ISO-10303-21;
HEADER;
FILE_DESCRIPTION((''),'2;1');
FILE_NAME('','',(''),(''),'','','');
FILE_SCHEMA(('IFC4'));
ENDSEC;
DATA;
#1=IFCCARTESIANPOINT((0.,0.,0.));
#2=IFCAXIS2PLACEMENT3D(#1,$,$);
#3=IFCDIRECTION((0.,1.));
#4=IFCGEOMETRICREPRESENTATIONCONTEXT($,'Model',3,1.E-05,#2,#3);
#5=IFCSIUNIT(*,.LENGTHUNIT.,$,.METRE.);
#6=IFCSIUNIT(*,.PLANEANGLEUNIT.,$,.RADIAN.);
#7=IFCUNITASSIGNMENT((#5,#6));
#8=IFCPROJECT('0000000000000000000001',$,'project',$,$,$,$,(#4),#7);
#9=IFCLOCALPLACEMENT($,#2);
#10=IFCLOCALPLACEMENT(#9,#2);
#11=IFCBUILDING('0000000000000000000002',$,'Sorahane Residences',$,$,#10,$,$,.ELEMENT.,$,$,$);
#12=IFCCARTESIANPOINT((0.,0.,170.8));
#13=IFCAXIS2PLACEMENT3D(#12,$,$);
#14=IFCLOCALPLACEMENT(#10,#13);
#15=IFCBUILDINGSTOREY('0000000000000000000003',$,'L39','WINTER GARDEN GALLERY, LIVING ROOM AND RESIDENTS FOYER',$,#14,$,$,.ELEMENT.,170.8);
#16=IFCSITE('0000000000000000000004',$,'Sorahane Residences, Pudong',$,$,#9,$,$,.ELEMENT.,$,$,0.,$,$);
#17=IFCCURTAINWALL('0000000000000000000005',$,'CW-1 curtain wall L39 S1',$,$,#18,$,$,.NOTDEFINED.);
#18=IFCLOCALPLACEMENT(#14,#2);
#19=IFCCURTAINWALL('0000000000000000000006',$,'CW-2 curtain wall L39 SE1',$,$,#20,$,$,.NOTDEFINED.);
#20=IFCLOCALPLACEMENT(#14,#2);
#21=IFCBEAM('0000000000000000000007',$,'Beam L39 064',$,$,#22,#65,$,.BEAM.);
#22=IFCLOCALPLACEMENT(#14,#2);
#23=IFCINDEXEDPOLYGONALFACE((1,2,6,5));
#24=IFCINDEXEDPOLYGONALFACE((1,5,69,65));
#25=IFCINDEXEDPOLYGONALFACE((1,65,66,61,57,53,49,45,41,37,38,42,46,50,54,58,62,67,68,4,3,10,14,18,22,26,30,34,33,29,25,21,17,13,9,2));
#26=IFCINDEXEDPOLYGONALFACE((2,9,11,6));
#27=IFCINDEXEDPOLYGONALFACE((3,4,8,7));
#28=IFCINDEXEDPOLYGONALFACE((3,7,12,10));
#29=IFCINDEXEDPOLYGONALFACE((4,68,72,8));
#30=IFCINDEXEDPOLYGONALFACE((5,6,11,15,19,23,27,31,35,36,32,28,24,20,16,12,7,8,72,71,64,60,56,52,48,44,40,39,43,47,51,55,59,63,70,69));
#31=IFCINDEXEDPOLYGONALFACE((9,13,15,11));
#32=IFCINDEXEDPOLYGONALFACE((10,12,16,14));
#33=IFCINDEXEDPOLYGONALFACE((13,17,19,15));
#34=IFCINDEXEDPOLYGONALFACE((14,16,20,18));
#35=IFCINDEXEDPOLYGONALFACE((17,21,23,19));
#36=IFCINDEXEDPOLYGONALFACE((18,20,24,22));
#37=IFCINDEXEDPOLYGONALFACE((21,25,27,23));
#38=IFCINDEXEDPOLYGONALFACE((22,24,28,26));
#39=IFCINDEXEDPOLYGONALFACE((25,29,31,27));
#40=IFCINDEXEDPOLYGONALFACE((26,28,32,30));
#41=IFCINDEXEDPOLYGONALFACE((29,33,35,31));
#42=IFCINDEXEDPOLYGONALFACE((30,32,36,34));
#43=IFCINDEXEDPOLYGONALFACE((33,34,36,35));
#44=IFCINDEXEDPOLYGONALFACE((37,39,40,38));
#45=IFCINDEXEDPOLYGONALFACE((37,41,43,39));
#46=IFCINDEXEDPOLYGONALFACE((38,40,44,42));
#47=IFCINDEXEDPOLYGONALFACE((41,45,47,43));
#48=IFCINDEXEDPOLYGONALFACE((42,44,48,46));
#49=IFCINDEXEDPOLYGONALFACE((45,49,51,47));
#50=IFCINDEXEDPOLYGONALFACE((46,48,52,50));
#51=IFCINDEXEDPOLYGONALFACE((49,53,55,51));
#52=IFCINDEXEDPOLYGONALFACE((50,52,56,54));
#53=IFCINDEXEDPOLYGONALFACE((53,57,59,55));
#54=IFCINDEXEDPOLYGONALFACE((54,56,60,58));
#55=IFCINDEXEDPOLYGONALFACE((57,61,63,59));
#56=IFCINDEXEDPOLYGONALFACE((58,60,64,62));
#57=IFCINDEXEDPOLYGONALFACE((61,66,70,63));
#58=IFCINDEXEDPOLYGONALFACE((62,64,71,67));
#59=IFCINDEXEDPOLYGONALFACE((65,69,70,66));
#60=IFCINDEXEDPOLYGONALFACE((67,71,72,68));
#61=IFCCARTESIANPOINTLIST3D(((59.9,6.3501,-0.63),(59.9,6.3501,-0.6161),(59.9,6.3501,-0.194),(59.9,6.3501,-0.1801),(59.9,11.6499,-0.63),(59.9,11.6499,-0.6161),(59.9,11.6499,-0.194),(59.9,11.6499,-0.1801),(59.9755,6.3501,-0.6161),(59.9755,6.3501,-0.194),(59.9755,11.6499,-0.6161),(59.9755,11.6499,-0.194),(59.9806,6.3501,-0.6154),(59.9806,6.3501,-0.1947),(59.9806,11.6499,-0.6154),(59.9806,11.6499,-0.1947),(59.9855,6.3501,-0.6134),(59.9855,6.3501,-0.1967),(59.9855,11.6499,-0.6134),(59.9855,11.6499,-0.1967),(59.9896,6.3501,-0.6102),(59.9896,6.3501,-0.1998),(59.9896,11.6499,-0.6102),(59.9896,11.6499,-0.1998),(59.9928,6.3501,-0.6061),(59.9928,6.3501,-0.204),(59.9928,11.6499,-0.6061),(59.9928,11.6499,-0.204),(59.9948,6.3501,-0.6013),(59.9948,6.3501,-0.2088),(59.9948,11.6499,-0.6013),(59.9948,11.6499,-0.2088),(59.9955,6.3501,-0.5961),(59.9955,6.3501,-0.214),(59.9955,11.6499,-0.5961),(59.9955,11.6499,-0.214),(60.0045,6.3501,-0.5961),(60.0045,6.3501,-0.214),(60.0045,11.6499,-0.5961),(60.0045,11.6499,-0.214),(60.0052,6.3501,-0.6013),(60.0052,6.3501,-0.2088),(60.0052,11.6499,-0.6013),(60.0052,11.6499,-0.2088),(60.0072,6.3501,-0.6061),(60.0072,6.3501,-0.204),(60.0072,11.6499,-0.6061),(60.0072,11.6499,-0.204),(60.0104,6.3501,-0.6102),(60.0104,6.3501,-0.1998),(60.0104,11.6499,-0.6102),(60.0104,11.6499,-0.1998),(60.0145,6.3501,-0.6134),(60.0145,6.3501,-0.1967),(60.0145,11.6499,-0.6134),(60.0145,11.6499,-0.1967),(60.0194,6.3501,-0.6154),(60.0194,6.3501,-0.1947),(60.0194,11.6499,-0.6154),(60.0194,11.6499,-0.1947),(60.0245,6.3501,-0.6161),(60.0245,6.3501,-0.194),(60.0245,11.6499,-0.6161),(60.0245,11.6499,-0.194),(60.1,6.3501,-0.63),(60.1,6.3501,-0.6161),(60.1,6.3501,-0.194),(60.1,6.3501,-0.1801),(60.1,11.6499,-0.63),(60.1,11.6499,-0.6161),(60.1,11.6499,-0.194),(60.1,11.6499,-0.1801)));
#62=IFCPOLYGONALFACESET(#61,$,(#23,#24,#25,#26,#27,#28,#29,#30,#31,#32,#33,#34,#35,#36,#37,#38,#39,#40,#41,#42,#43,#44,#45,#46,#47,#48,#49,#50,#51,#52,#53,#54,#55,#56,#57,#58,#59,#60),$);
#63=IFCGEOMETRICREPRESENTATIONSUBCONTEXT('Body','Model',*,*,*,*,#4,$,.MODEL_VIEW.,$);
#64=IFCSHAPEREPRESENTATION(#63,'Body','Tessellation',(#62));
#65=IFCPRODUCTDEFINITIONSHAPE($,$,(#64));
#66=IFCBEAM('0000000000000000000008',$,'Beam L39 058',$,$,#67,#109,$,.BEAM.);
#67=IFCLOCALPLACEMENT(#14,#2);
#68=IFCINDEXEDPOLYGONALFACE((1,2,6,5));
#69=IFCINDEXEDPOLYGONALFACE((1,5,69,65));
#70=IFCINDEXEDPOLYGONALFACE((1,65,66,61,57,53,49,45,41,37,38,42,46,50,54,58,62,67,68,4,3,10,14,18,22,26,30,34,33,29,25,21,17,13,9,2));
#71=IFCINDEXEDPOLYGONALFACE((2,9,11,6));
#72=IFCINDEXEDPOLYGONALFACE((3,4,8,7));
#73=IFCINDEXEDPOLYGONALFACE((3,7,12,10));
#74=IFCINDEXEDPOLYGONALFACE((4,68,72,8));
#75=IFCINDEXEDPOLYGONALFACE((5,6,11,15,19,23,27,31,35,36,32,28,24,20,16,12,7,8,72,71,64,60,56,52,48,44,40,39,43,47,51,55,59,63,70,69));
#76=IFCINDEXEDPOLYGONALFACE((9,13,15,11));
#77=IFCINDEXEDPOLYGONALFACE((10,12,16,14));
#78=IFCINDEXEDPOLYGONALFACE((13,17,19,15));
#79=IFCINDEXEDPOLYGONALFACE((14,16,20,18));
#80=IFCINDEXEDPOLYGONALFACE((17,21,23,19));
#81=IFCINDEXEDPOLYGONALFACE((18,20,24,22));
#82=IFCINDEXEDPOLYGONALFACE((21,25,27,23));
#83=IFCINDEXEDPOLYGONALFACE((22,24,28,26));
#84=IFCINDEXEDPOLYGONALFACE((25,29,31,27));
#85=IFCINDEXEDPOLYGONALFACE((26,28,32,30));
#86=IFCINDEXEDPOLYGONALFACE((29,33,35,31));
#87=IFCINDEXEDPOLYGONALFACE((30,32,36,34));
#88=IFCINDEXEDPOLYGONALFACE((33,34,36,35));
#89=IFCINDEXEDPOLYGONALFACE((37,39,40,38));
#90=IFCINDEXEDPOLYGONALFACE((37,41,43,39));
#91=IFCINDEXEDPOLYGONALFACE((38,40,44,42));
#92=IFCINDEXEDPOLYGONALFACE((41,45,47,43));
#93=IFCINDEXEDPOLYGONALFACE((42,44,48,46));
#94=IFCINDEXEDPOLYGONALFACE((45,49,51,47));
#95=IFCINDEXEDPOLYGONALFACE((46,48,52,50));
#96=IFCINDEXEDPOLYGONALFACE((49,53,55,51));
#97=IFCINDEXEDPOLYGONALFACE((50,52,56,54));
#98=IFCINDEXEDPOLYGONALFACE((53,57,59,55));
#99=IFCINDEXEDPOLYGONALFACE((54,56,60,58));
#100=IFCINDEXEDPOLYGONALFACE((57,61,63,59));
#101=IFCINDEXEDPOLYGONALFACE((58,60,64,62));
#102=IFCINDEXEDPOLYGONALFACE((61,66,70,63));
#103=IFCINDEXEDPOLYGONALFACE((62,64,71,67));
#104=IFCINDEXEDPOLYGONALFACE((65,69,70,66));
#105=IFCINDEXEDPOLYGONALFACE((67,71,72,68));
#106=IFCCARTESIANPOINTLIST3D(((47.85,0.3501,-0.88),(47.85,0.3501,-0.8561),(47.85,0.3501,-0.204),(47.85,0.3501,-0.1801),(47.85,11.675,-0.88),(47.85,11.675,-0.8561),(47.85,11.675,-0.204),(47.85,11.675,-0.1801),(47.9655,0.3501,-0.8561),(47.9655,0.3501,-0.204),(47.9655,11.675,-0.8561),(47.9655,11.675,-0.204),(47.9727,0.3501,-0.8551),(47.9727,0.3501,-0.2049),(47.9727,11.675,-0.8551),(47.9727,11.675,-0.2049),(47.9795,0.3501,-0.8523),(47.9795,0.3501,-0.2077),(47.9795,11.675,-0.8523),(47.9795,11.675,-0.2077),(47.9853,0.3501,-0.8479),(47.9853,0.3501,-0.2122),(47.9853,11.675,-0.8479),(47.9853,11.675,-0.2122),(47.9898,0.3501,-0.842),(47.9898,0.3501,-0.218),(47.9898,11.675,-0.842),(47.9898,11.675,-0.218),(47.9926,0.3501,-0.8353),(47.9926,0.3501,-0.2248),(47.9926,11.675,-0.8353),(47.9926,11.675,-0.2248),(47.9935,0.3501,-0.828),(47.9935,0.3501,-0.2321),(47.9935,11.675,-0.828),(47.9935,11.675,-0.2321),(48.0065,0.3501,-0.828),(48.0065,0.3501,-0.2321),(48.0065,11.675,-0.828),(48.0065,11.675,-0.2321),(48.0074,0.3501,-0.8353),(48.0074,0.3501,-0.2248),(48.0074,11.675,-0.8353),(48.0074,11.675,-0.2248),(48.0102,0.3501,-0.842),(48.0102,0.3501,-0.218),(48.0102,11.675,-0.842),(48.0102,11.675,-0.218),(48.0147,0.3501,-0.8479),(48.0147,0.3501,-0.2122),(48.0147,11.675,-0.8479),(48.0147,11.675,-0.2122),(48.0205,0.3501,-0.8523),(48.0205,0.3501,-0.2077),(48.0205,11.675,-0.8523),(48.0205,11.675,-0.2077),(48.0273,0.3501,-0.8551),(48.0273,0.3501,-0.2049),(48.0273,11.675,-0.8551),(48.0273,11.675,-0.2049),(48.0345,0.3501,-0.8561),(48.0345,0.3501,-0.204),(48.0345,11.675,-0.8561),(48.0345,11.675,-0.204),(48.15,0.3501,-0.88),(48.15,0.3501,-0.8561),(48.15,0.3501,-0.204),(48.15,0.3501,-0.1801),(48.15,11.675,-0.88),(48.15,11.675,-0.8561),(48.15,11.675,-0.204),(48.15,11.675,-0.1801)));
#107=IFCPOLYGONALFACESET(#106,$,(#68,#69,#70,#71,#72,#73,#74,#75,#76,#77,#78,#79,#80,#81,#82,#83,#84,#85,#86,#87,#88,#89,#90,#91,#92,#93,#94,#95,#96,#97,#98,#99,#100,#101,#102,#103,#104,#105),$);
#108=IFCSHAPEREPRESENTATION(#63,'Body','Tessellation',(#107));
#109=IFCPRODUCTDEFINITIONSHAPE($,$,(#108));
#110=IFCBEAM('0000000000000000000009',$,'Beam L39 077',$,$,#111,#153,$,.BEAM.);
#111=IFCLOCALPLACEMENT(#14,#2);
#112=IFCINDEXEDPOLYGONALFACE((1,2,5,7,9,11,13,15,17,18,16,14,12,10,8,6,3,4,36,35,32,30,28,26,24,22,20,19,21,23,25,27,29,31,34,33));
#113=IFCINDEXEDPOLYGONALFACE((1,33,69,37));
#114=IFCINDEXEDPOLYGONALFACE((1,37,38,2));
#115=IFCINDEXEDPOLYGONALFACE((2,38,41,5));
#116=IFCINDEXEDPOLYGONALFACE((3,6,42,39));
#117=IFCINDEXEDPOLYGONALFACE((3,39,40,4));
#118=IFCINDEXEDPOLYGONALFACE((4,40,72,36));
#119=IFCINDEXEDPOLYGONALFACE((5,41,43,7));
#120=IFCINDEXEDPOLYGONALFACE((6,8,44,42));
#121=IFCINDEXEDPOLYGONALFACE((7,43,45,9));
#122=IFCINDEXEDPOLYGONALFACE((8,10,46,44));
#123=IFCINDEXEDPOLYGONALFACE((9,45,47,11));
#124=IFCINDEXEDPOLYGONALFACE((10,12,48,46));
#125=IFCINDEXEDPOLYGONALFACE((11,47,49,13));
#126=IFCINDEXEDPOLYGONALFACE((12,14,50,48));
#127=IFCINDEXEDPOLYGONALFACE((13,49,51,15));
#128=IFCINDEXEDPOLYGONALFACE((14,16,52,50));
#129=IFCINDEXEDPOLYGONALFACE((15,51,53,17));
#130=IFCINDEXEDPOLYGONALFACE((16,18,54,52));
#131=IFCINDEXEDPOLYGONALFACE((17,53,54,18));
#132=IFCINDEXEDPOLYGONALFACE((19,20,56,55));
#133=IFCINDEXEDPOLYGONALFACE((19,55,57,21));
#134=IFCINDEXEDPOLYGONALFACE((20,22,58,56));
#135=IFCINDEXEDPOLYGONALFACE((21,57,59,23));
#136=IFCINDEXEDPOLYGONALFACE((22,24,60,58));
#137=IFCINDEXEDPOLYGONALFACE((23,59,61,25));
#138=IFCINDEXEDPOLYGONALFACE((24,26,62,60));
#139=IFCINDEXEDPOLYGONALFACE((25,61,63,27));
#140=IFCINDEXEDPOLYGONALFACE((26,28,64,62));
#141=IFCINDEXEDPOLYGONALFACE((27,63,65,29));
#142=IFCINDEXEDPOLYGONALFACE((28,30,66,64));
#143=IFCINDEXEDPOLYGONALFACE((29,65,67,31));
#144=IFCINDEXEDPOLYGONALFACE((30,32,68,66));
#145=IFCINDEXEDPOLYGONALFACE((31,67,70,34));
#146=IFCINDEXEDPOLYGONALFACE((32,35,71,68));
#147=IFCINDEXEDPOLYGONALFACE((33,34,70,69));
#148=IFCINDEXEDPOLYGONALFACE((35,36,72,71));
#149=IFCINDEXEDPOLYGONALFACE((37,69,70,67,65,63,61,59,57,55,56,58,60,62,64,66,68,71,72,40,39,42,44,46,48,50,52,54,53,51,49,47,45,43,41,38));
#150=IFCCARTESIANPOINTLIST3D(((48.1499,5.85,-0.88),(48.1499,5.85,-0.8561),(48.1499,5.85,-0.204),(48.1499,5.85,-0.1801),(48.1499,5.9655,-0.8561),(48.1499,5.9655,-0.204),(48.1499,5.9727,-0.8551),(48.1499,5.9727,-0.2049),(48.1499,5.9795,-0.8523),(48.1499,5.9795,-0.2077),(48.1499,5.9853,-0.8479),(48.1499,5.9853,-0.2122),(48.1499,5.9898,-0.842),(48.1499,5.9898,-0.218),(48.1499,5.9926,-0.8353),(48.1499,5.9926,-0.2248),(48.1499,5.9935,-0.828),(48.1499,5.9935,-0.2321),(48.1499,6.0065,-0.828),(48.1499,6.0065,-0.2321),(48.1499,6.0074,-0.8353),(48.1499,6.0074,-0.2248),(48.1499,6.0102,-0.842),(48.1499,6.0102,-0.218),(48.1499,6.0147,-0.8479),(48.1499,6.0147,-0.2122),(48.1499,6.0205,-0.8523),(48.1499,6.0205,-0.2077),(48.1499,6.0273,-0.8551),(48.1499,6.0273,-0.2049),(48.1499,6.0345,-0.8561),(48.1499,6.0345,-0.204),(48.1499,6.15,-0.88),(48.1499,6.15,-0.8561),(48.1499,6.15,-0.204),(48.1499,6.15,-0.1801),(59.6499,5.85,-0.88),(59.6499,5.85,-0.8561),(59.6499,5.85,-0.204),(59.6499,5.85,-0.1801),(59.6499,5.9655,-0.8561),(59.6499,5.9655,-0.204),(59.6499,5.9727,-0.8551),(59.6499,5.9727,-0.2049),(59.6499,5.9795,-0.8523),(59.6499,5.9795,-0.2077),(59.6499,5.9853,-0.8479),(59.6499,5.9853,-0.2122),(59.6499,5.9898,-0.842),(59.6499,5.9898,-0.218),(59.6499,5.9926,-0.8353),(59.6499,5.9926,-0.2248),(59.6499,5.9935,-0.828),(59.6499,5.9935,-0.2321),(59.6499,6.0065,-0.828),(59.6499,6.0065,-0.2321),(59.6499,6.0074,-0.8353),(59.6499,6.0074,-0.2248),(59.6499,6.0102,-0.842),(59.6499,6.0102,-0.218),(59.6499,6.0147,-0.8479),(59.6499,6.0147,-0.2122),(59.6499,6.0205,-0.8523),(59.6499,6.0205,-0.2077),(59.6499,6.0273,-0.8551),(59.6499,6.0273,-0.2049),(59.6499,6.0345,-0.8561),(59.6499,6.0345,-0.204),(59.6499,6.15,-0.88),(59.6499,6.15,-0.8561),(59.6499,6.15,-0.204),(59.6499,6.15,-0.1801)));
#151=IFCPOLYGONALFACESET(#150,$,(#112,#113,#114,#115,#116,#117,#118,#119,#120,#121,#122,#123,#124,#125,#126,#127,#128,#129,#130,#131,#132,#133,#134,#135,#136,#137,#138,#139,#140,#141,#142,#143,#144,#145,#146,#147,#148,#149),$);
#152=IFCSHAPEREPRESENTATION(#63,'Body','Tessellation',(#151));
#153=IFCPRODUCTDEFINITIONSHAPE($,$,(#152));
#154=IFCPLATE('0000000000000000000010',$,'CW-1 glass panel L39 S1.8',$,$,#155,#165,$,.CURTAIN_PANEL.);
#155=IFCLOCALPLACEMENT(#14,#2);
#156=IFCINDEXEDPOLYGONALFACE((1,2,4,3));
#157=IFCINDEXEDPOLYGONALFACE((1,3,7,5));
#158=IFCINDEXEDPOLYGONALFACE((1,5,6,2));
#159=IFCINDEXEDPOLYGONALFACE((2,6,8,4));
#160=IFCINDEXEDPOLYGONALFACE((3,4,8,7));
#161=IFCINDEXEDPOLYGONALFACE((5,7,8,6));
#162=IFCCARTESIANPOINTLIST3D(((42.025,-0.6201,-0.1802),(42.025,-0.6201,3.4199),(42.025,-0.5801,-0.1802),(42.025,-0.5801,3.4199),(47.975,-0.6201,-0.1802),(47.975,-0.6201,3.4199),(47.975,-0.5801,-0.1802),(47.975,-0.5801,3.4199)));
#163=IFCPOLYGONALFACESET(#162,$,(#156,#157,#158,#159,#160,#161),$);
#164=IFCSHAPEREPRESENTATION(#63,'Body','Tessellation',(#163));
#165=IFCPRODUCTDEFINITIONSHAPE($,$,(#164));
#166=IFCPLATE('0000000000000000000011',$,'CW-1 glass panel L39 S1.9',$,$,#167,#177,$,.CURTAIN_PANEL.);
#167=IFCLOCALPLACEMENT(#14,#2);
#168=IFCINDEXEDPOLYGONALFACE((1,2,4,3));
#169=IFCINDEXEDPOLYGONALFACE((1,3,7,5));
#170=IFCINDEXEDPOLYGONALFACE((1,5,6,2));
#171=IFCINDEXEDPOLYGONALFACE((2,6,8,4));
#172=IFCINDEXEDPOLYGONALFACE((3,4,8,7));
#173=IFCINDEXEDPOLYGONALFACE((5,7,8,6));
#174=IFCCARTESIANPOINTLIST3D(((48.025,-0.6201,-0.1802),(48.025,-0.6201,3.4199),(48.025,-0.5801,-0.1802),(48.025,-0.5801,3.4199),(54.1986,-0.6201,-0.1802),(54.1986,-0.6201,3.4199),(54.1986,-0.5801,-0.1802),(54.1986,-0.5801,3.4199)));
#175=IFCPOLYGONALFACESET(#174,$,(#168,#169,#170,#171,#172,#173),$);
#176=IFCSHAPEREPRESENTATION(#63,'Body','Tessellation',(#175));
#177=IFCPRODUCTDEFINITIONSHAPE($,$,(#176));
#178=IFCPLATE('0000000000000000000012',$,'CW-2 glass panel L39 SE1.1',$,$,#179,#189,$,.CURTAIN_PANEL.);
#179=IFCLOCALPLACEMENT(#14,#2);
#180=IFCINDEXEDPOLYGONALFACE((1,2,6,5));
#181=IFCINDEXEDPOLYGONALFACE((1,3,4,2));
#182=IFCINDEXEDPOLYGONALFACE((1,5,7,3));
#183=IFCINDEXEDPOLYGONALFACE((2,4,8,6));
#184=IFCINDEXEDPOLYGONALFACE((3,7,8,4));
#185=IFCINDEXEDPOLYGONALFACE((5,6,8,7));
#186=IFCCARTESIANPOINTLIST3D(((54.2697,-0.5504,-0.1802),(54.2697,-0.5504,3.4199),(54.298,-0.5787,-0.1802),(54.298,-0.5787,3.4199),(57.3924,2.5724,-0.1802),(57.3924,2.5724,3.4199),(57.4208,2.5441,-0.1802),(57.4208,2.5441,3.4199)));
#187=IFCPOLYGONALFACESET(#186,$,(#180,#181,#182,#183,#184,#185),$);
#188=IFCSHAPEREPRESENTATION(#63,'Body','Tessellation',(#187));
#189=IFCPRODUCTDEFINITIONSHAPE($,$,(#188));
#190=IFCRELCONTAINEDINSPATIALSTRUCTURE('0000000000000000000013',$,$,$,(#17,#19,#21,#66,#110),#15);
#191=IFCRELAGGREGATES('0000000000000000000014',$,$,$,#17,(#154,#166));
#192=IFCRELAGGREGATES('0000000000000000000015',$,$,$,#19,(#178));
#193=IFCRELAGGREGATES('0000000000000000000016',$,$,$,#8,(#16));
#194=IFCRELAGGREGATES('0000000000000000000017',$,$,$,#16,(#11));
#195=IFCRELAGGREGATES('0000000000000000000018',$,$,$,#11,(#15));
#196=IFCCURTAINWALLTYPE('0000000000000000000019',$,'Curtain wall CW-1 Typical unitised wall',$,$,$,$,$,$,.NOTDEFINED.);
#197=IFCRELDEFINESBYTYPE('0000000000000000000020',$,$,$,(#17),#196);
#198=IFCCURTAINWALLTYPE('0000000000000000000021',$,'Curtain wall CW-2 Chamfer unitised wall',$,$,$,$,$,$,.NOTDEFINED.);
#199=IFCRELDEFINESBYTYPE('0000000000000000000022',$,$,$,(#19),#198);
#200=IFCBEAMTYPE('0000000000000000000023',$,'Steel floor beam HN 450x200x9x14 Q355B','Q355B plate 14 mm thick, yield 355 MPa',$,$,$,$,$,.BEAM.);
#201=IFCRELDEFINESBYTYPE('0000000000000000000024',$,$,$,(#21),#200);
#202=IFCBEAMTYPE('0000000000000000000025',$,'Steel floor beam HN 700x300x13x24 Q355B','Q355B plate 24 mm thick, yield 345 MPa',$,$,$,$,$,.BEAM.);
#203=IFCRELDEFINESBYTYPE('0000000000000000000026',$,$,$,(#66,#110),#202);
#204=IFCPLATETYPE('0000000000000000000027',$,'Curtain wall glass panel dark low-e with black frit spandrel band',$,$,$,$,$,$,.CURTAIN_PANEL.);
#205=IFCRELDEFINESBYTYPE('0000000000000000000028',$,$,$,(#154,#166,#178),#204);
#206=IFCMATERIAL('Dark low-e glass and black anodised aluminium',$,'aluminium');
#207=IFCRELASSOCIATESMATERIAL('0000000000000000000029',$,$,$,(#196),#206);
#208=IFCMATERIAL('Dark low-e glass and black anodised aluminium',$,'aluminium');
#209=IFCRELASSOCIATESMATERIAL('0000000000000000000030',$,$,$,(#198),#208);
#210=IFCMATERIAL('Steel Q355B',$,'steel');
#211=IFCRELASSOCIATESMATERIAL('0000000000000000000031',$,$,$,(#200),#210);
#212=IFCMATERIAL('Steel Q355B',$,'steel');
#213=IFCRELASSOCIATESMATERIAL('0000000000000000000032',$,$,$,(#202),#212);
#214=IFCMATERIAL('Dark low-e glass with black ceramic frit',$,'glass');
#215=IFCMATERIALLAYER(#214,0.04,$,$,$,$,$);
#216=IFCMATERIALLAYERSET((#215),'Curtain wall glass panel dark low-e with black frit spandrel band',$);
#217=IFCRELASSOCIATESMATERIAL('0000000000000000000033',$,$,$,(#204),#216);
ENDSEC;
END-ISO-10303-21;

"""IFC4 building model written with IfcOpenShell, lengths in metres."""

from ifc_helpers import new_model, si_unit, direction, frame, origin, origin_2d, place, context, subcontext, project, spatial, rectangle, i_section, extrude, material, layer, layer_set, material_profile, profile_set, type_object, element, aggregate, save


model = new_model("IFC4")

# Units and contexts
model_context = context("Model", 3, precision=1e-05, world=origin(), true_north=direction((0.0, 1.0)))
body_context = subcontext(model_context, "Body", "Model", "MODEL_VIEW")
ifc_project = project(units=[si_unit("LENGTHUNIT", "METRE"), si_unit("PLANEANGLEUNIT", "RADIAN")], contexts=[model_context])

# Site, building, storey
site_placement = place(None, origin())
site = spatial("IfcSite", under=ifc_project, at=site_placement, Name="Sorahane Residences, Pudong", CompositionType="ELEMENT", RefElevation=0.0)
building_placement = place(site_placement, origin())
building = spatial("IfcBuilding", under=site, at=building_placement, Name="Sorahane Residences", CompositionType="ELEMENT")
storey_placement = place(building_placement, frame((0.0, 0.0, 170.8)))
storey = spatial("IfcBuildingStorey", under=building, at=storey_placement, Name="L39", Description="WINTER GARDEN GALLERY, LIVING ROOM AND RESIDENTS FOYER", CompositionType="ELEMENT", Elevation=170.8)

# Curtain walls
ifc_material_1 = material(Name="Dark low-e glass and black anodised aluminium", Category="aluminium")
curtain_wall_type_1 = type_object("IfcCurtainWallType", Name="Curtain wall CW-1 Typical unitised wall", PredefinedType="NOTDEFINED", material=ifc_material_1)
curtain_wall_1_placement = place(storey_placement, origin())
curtain_wall_1 = element("IfcCurtainWall", 1, at=curtain_wall_1_placement, inside=storey, type_object=curtain_wall_type_1, Name="CW-1 curtain wall L39 S1", PredefinedType="NOTDEFINED")
ifc_material_2 = material(Name="Dark low-e glass and black anodised aluminium", Category="aluminium")
curtain_wall_type_2 = type_object("IfcCurtainWallType", Name="Curtain wall CW-2 Chamfer unitised wall", PredefinedType="NOTDEFINED", material=ifc_material_2)
curtain_wall_2_placement = place(storey_placement, origin())
curtain_wall_2 = element("IfcCurtainWall", 2, at=curtain_wall_2_placement, inside=storey, type_object=curtain_wall_type_2, Name="CW-2 curtain wall L39 SE1", PredefinedType="NOTDEFINED")

# Beams
ifc_material_3 = material(Name="Steel Q355B", Category="steel")
ifc_material_profile_1 = material_profile(ifc_material_3, i_section(OverallWidth=0.2, OverallDepth=0.45, WebThickness=0.009, FlangeThickness=0.0139, FilletRadius=0.02, at=origin_2d()), Name="HN 450x200x9x14")
ifc_profile_set_1 = profile_set([ifc_material_profile_1], Name="Steel Q355B")
beam_type_1 = type_object("IfcBeamType", Name="Steel floor beam HN 450x200x9x14 Q355B", Description="Q355B plate 14 mm thick, yield 355 MPa", PredefinedType="BEAM", material=ifc_profile_set_1)
for number, where, z_axis, x_axis, name in (
    (3, (60.0, 6.3501, -0.405), (0.0, 1.0, 0.0), (-1.0, 0.0, 0.0), "Beam L39 064"),
):
    element("IfcBeam", number, at=place(storey_placement, frame(where, z_axis=z_axis, x_axis=x_axis)), inside=storey, type_object=beam_type_1, Name=name, PredefinedType="BEAM", context=body_context, shape_type="SweptSolid", body=[
        extrude(i_section(OverallWidth=0.2, OverallDepth=0.45, WebThickness=0.009, FlangeThickness=0.0139, FilletRadius=0.02, at=origin_2d()), origin(), (0.0, 0.0, 1.0), 5.2998),
    ])
ifc_material_4 = material(Name="Steel Q355B", Category="steel")
ifc_material_profile_2 = material_profile(ifc_material_4, i_section(OverallWidth=0.3, OverallDepth=0.7, WebThickness=0.0129, FlangeThickness=0.0239, FilletRadius=0.0281, at=origin_2d()), Name="HN 700x300x13x24")
ifc_profile_set_2 = profile_set([ifc_material_profile_2], Name="Steel Q355B")
beam_type_2 = type_object("IfcBeamType", Name="Steel floor beam HN 700x300x13x24 Q355B", Description="Q355B plate 24 mm thick, yield 345 MPa", PredefinedType="BEAM", material=ifc_profile_set_2)
beam_1_placement = place(storey_placement, frame((48.0, 0.3501, -0.53), z_axis=(0.0, 1.0, 0.0), x_axis=(-1.0, 0.0, 0.0)))
element("IfcBeam", 4, at=beam_1_placement, inside=storey, type_object=beam_type_2, Name="Beam L39 058", PredefinedType="BEAM", context=body_context, shape_type="SweptSolid", body=[
    extrude(i_section(OverallWidth=0.3, OverallDepth=0.7, WebThickness=0.0129, FlangeThickness=0.0239, FilletRadius=0.0281, at=origin_2d()), origin(), (0.0, 0.0, 1.0), 11.325),
])
beam_2_placement = place(storey_placement, frame((48.1499, 6.0, -0.53), z_axis=(1.0, 0.0, 0.0), x_axis=(0.0, 1.0, 0.0)))
element("IfcBeam", 5, at=beam_2_placement, inside=storey, type_object=beam_type_2, Name="Beam L39 077", PredefinedType="BEAM", context=body_context, shape_type="SweptSolid", body=[
    extrude(i_section(OverallWidth=0.3, OverallDepth=0.7, WebThickness=0.0129, FlangeThickness=0.0239, FilletRadius=0.0281, at=origin_2d()), origin(), (0.0, 0.0, 1.0), 11.5),
])

# Plates
ifc_material_5 = material(Name="Dark low-e glass with black ceramic frit", Category="glass")
ifc_layer_1 = layer(ifc_material_5, 0.04)
ifc_layer_set_1 = layer_set([ifc_layer_1], Name="Curtain wall glass panel dark low-e with black frit spandrel band")
plate_type = type_object("IfcPlateType", Name="Curtain wall glass panel dark low-e with black frit spandrel band", PredefinedType="CURTAIN_PANEL", material=ifc_layer_set_1)
plate_1_placement = place(storey_placement, frame((45.0, -0.6001, -0.1802), z_axis=(0.0, 0.0, 1.0), x_axis=(1.0, 0.0, 0.0)))
plate_1 = element("IfcPlate", 6, at=plate_1_placement, type_object=plate_type, Name="CW-1 glass panel L39 S1.8", PredefinedType="CURTAIN_PANEL", context=body_context, shape_type="SweptSolid", body=[
    extrude(rectangle(XDim=5.95, YDim=0.04, at=origin_2d()), origin(), (0.0, 0.0, 1.0), 3.6001),
])
plate_2_placement = place(storey_placement, frame((51.1118, -0.6001, -0.1802), z_axis=(0.0, 0.0, 1.0), x_axis=(1.0, 0.0, 0.0)))
plate_2 = element("IfcPlate", 7, at=plate_2_placement, type_object=plate_type, Name="CW-1 glass panel L39 S1.9", PredefinedType="CURTAIN_PANEL", context=body_context, shape_type="SweptSolid", body=[
    extrude(rectangle(XDim=6.1736, YDim=0.04, at=origin_2d()), origin(), (0.0, 0.0, 1.0), 3.6001),
])
aggregate(curtain_wall_1, [plate_1, plate_2])
plate_3_placement = place(storey_placement, frame((55.8452, 0.9968, -0.1802), z_axis=(0.0, 0.0, 1.0), x_axis=(0.707107, 0.707107, 0.0)))
plate_3 = element("IfcPlate", 8, at=plate_3_placement, type_object=plate_type, Name="CW-2 glass panel L39 SE1.1", PredefinedType="CURTAIN_PANEL", context=body_context, shape_type="SweptSolid", body=[
    extrude(rectangle(XDim=4.4163, YDim=0.04, at=origin_2d()), origin(), (0.0, 0.0, 1.0), 3.6001),
])
aggregate(curtain_wall_2, [plate_3])

save(model, "model.ifc")
